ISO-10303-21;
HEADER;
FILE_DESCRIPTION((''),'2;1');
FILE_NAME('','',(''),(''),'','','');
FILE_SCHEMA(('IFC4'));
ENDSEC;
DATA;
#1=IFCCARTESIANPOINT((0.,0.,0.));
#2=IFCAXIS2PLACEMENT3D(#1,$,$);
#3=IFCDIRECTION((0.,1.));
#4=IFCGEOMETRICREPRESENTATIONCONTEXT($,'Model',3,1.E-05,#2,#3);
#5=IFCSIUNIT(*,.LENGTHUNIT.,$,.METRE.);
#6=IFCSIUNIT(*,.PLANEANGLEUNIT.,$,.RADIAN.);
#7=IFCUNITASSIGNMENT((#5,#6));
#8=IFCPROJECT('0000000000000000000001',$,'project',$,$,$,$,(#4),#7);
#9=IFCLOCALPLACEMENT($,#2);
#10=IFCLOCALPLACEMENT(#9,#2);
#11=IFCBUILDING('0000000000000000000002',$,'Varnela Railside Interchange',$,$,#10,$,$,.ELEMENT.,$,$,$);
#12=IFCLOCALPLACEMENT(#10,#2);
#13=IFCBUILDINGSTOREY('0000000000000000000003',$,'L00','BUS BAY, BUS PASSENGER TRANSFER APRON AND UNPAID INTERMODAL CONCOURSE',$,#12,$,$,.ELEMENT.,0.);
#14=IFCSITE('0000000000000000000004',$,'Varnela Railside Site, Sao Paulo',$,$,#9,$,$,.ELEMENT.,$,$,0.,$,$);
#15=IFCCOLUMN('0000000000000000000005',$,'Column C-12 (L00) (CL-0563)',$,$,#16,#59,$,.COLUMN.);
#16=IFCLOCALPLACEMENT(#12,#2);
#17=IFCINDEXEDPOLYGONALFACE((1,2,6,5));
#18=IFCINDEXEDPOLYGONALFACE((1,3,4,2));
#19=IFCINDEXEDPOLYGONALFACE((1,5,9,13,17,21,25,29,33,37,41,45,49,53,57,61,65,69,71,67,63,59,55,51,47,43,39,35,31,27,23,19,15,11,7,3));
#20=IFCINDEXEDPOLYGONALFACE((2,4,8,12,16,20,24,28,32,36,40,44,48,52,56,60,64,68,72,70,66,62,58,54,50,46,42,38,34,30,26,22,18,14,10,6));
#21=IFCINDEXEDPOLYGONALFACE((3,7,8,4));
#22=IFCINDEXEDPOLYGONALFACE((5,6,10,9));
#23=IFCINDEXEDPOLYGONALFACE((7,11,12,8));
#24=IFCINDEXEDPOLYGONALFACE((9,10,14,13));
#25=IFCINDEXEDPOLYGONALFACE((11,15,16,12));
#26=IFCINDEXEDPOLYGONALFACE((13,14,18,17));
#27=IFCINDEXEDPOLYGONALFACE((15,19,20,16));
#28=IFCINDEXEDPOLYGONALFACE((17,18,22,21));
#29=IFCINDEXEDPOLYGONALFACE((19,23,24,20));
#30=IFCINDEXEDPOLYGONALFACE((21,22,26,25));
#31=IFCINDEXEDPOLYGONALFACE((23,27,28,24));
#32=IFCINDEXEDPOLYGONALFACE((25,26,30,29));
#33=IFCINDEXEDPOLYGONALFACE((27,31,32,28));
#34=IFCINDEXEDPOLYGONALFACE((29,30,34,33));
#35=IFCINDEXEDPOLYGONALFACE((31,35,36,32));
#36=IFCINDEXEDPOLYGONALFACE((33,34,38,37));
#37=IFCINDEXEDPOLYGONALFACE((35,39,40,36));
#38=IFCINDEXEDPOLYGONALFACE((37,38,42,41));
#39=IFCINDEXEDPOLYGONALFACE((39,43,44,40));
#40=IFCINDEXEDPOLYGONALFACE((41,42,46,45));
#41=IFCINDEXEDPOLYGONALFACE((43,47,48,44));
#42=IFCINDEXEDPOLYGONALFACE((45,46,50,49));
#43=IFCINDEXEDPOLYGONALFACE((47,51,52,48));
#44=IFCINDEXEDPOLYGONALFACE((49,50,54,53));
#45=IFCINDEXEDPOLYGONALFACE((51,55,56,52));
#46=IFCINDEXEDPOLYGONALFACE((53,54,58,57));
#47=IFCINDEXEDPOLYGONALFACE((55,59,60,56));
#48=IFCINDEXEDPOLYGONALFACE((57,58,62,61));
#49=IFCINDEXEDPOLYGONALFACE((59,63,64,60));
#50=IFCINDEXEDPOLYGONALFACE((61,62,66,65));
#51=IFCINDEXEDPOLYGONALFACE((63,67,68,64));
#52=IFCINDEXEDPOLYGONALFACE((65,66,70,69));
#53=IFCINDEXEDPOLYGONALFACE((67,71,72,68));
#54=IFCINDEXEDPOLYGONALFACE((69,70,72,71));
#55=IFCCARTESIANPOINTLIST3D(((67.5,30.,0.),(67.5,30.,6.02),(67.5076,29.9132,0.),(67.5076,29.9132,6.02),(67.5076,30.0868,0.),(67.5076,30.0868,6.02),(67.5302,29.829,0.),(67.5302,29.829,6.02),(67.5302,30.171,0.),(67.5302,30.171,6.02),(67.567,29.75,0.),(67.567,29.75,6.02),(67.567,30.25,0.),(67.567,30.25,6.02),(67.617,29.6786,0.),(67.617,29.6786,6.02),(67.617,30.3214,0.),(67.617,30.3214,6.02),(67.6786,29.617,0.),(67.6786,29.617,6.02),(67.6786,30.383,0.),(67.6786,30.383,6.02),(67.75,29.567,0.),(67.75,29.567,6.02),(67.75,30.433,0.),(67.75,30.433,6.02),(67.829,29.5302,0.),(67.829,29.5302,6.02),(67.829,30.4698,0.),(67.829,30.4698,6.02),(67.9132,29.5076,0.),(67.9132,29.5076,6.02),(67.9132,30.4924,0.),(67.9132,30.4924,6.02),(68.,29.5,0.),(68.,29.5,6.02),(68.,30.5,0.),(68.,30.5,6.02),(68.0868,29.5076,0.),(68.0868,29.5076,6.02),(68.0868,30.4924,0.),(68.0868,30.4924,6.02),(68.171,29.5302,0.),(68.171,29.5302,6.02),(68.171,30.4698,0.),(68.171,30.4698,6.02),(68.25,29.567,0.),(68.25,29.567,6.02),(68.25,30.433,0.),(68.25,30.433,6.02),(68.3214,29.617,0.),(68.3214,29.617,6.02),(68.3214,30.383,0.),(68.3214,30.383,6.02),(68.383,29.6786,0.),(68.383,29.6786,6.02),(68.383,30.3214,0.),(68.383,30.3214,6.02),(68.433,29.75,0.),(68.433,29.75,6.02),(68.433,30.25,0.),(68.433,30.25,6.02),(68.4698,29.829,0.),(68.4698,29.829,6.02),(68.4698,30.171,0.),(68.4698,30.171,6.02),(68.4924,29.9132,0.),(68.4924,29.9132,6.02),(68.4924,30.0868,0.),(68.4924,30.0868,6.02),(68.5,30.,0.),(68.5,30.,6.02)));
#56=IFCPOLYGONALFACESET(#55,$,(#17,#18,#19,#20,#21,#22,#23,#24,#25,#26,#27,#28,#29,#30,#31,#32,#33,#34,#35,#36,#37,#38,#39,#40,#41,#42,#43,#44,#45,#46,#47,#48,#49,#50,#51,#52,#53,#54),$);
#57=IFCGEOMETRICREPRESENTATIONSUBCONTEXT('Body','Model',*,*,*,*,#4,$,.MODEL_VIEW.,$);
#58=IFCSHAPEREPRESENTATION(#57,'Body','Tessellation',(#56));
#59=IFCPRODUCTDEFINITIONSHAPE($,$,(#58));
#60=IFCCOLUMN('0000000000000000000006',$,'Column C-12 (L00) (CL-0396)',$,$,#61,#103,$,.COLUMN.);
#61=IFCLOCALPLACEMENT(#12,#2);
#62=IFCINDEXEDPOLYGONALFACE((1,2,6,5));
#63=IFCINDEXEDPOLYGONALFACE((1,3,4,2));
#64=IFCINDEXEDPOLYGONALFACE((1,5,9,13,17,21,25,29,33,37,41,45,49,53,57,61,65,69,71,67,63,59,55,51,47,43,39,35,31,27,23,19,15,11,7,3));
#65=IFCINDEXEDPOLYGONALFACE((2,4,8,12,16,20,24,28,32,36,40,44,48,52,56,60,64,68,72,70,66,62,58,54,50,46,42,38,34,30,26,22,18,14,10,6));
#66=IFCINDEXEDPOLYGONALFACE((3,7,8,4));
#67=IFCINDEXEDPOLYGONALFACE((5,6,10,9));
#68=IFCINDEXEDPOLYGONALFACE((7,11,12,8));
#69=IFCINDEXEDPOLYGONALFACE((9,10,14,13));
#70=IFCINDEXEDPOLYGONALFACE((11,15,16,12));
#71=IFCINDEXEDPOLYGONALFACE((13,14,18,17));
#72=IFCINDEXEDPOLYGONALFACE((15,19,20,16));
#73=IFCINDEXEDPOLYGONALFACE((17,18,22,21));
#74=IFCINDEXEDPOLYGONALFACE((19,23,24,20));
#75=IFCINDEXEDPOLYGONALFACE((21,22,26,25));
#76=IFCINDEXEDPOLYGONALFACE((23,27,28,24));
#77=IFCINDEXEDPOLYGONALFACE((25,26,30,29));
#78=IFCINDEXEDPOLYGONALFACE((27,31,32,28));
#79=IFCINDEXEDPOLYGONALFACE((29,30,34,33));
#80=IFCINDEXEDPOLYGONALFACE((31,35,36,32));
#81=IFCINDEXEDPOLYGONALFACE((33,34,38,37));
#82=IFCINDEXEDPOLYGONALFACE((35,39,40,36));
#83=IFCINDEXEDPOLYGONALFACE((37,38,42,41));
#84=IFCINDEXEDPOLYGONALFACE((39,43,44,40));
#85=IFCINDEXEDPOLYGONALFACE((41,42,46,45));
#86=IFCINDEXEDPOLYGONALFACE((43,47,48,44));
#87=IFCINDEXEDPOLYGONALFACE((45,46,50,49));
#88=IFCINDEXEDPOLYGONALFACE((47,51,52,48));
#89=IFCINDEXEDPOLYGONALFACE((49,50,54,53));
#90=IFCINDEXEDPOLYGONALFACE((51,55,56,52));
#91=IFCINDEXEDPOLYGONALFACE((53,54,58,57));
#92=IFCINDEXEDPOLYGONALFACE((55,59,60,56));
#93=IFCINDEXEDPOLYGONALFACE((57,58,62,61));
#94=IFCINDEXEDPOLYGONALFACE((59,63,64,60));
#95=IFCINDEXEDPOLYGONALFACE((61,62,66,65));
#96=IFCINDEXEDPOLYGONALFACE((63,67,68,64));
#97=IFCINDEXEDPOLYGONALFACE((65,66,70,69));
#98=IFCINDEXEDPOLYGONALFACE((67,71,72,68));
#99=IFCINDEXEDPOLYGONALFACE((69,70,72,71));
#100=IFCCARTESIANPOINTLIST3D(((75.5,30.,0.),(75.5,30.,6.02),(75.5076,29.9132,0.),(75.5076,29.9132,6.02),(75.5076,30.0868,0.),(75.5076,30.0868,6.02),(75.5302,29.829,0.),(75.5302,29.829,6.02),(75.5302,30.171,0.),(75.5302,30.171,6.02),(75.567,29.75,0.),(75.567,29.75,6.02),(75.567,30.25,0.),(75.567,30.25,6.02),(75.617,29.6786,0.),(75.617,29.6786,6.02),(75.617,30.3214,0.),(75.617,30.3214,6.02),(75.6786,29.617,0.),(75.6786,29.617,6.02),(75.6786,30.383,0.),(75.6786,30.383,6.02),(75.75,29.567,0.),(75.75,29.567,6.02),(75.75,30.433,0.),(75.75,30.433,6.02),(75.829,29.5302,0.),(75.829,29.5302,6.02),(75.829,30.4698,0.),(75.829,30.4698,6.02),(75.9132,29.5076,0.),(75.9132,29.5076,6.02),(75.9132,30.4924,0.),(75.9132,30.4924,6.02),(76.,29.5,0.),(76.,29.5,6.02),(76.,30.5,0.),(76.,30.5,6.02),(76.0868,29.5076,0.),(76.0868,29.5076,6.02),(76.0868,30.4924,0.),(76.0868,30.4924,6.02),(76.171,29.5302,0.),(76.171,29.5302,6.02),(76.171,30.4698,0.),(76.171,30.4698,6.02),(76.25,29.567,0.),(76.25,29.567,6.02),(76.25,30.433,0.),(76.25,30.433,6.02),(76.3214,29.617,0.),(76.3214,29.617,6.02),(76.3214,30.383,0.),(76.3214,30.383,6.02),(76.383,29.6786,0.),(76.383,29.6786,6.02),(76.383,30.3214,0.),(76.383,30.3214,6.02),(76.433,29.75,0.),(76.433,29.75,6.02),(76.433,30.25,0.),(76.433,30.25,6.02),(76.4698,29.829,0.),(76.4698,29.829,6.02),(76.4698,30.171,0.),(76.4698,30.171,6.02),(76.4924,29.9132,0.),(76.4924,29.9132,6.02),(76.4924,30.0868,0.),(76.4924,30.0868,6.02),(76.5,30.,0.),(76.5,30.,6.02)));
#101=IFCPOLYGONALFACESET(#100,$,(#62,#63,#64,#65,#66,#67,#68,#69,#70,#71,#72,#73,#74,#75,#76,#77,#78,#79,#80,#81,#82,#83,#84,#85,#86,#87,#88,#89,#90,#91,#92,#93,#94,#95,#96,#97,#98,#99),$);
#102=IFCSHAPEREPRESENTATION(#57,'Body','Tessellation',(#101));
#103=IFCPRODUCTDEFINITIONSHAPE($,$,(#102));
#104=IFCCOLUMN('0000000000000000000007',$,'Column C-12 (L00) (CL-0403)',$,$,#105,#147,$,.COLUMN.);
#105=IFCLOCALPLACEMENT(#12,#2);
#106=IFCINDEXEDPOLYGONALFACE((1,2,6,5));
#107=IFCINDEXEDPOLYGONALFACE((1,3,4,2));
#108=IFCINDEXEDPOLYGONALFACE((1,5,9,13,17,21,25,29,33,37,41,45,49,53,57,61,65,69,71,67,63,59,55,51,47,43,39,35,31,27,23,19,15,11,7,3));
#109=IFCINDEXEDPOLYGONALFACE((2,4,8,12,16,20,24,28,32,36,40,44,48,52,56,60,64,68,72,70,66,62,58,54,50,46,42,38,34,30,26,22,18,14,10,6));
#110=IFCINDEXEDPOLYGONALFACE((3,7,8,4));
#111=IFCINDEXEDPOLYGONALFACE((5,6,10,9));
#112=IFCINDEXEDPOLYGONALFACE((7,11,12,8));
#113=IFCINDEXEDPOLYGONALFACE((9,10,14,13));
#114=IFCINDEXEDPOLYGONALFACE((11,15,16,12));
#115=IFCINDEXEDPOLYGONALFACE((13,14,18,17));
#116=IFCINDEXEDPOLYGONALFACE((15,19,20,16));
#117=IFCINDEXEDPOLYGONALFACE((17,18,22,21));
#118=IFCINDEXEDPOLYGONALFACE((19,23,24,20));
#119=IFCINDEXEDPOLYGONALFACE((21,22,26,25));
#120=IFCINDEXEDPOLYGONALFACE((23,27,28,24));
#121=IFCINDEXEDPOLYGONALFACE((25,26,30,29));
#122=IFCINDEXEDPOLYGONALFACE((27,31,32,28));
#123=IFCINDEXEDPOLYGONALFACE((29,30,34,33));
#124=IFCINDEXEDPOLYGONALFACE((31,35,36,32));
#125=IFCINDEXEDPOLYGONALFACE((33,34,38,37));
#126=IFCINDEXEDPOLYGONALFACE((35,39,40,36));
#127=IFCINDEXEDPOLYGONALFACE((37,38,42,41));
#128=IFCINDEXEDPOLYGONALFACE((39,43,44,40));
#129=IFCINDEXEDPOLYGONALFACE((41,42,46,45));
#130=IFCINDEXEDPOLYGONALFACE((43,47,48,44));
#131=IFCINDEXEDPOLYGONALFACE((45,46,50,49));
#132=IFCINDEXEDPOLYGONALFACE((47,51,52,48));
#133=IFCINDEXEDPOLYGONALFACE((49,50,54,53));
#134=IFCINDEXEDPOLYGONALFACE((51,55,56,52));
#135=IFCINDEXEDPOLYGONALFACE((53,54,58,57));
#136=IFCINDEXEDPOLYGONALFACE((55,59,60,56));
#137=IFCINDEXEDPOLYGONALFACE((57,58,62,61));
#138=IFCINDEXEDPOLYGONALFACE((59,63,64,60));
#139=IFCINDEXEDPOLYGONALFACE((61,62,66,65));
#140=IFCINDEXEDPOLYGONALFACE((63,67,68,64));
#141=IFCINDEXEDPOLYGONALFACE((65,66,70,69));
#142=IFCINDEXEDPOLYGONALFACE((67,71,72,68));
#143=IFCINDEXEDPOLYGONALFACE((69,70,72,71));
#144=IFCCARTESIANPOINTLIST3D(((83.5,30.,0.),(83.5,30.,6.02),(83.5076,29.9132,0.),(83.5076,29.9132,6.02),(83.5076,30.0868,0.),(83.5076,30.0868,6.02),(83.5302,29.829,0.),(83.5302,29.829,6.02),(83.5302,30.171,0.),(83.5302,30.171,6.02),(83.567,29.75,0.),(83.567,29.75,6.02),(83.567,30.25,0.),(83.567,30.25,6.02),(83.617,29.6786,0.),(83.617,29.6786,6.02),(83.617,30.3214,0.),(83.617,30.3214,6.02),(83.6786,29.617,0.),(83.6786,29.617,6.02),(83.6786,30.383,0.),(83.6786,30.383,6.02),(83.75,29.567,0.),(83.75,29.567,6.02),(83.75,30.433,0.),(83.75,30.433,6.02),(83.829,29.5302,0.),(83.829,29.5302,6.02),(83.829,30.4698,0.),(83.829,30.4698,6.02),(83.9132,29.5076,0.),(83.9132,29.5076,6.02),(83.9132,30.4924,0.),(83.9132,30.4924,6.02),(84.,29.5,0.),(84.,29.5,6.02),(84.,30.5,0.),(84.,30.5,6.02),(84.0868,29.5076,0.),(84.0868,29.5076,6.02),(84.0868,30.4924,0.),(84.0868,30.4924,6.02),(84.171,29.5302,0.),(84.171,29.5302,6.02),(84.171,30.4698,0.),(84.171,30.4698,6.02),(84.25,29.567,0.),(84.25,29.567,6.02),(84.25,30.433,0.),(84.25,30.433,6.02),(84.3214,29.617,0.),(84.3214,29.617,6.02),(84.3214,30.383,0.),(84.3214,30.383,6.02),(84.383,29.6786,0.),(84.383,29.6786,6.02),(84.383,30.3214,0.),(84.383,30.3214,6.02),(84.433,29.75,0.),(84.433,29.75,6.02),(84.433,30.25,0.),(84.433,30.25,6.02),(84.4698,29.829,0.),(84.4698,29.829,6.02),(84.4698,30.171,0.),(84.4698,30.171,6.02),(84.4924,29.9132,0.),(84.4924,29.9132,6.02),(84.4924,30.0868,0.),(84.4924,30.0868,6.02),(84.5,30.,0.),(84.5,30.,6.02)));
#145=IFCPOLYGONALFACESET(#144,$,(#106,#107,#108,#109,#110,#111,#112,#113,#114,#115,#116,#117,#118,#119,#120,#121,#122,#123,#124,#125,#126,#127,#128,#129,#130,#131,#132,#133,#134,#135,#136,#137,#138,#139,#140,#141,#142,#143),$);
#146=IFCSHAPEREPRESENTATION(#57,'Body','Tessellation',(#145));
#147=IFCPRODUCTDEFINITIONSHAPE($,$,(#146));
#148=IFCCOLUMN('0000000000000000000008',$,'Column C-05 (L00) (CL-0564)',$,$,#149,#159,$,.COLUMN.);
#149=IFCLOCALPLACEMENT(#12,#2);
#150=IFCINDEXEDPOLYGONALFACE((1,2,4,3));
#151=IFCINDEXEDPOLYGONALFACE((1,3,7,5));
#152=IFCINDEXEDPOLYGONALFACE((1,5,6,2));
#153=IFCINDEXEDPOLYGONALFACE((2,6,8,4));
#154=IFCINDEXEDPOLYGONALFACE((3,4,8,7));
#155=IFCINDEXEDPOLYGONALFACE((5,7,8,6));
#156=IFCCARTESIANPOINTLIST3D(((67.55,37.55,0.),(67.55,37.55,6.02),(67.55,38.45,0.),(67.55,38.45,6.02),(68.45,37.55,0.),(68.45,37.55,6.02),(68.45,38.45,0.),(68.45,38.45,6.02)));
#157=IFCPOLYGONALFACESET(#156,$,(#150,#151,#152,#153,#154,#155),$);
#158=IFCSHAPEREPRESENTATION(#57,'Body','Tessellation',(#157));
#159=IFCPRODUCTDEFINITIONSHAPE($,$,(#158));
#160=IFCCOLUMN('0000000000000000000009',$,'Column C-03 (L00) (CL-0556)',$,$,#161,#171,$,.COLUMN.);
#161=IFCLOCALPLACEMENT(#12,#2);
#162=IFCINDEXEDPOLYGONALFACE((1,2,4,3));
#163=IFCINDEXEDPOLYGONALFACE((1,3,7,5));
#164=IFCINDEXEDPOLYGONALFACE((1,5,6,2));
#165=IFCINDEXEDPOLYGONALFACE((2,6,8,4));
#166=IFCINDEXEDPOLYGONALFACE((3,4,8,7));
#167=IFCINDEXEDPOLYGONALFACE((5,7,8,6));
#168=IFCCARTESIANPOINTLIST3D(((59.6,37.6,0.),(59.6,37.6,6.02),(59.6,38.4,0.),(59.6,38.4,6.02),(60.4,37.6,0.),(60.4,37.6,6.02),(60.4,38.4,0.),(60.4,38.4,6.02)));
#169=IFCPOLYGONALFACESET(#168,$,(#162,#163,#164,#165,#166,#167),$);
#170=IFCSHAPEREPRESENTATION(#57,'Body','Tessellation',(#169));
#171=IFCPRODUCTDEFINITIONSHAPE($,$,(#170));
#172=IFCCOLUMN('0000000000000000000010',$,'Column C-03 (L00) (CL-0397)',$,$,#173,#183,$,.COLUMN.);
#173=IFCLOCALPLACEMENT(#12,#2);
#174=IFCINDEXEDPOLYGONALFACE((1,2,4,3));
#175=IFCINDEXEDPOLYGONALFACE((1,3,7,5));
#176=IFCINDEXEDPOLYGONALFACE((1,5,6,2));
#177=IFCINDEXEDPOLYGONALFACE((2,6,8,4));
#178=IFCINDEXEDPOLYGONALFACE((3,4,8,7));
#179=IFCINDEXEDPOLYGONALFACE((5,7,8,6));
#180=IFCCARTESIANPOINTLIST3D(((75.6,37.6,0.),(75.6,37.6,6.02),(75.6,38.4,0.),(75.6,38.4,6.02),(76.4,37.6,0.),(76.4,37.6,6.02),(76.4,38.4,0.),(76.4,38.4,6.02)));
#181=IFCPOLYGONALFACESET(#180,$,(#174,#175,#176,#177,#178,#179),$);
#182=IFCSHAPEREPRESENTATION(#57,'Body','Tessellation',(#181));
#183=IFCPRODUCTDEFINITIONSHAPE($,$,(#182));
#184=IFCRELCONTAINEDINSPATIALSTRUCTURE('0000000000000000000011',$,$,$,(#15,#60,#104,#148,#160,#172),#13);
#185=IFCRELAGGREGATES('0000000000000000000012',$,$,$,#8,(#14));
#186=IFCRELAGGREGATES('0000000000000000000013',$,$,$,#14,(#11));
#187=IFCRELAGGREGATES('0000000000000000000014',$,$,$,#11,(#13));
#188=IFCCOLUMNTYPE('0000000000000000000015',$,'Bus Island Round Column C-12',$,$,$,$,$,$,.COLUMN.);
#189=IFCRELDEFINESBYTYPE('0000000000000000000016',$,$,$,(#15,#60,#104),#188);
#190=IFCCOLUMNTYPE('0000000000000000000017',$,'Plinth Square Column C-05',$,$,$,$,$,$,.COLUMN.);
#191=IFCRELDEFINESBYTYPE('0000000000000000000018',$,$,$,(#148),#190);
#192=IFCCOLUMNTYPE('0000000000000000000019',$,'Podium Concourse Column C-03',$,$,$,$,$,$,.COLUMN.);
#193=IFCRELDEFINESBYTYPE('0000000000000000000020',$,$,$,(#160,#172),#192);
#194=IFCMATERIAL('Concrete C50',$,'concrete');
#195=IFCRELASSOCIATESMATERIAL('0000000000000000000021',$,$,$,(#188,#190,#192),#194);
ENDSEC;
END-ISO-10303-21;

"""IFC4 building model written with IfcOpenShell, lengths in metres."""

from ifc_helpers import new_model, si_unit, direction, frame, origin, origin_2d, place, context, subcontext, project, spatial, rectangle, circle, extrude, material, material_profile, profile_set, type_object, element, save


model = new_model("IFC4")

# Units and contexts
model_context = context("Model", 3, precision=1e-05, world=origin(), true_north=direction((0.0, 1.0)))
body_context = subcontext(model_context, "Body", "Model", "MODEL_VIEW")
ifc_project = project(units=[si_unit("LENGTHUNIT", "METRE"), si_unit("PLANEANGLEUNIT", "RADIAN")], contexts=[model_context])

# Site, building, storey
site_placement = place(None, origin())
site = spatial("IfcSite", under=ifc_project, at=site_placement, Name="Varnela Railside Site, Sao Paulo", CompositionType="ELEMENT", RefElevation=0.0)
building_placement = place(site_placement, origin())
building = spatial("IfcBuilding", under=site, at=building_placement, Name="Varnela Railside Interchange", CompositionType="ELEMENT")
storey_placement = place(building_placement, origin())
storey = spatial("IfcBuildingStorey", under=building, at=storey_placement, Name="L00", Description="BUS BAY, BUS PASSENGER TRANSFER APRON AND UNPAID INTERMODAL CONCOURSE", CompositionType="ELEMENT", Elevation=0.0)

# Columns
ifc_material_1 = material(Name="Concrete C50", Category="concrete")
ifc_material_profile_1 = material_profile(ifc_material_1, circle(Radius=0.5, at=origin_2d()), Name="CIRC D1000")
ifc_profile_set_1 = profile_set([ifc_material_profile_1], Name="Concrete C50")
column_type_1 = type_object("IfcColumnType", Name="Bus Island Round Column C-12", PredefinedType="COLUMN", material=ifc_profile_set_1)
for number, where, z_axis, x_axis, name in (
    (1, (68.0, 30.0, 0.0), (0.0, 0.0, 1.0), (1.0, 0.0, 0.0), "Column C-12 (L00) (CL-0563)"),
    (2, (76.0, 30.0, 0.0), (0.0, 0.0, 1.0), (1.0, 0.0, 0.0), "Column C-12 (L00) (CL-0396)"),
    (3, (84.0, 30.0, 0.0), (0.0, 0.0, 1.0), (1.0, 0.0, 0.0), "Column C-12 (L00) (CL-0403)"),
):
    element("IfcColumn", number, at=place(storey_placement, frame(where, z_axis=z_axis, x_axis=x_axis)), inside=storey, type_object=column_type_1, Name=name, PredefinedType="COLUMN", context=body_context, shape_type="SweptSolid", body=[
        extrude(circle(Radius=0.5, at=origin_2d()), origin(), (0.0, 0.0, 1.0), 6.02),
    ])
ifc_material_profile_2 = material_profile(ifc_material_1, rectangle(XDim=0.8999, YDim=0.8999, at=origin_2d()), Name="RC 900x900")
ifc_profile_set_2 = profile_set([ifc_material_profile_2], Name="Concrete C50")
column_type_2 = type_object("IfcColumnType", Name="Plinth Square Column C-05", PredefinedType="COLUMN", material=ifc_profile_set_2)
column_placement = place(storey_placement, frame((68.0, 38.0, 0.0), z_axis=(0.0, 0.0, 1.0), x_axis=(1.0, 0.0, 0.0)))
element("IfcColumn", 4, at=column_placement, inside=storey, type_object=column_type_2, Name="Column C-05 (L00) (CL-0564)", PredefinedType="COLUMN", context=body_context, shape_type="SweptSolid", body=[
    extrude(rectangle(XDim=0.8999, YDim=0.8999, at=origin_2d()), origin(), (0.0, 0.0, 1.0), 6.02),
])
ifc_material_profile_3 = material_profile(ifc_material_1, rectangle(XDim=0.8, YDim=0.8, at=origin_2d()), Name="RC 800x800")
ifc_profile_set_3 = profile_set([ifc_material_profile_3], Name="Concrete C50")
column_type_3 = type_object("IfcColumnType", Name="Podium Concourse Column C-03", PredefinedType="COLUMN", material=ifc_profile_set_3)
for number, where, z_axis, x_axis, name in (
    (5, (60.0, 38.0, 0.0), (0.0, 0.0, 1.0), (1.0, 0.0, 0.0), "Column C-03 (L00) (CL-0556)"),
    (6, (76.0, 38.0, 0.0), (0.0, 0.0, 1.0), (1.0, 0.0, 0.0), "Column C-03 (L00) (CL-0397)"),
):
    element("IfcColumn", number, at=place(storey_placement, frame(where, z_axis=z_axis, x_axis=x_axis)), inside=storey, type_object=column_type_3, Name=name, PredefinedType="COLUMN", context=body_context, shape_type="SweptSolid", body=[
        extrude(rectangle(XDim=0.8, YDim=0.8, at=origin_2d()), origin(), (0.0, 0.0, 1.0), 6.02),
    ])

save(model, "model.ifc")
